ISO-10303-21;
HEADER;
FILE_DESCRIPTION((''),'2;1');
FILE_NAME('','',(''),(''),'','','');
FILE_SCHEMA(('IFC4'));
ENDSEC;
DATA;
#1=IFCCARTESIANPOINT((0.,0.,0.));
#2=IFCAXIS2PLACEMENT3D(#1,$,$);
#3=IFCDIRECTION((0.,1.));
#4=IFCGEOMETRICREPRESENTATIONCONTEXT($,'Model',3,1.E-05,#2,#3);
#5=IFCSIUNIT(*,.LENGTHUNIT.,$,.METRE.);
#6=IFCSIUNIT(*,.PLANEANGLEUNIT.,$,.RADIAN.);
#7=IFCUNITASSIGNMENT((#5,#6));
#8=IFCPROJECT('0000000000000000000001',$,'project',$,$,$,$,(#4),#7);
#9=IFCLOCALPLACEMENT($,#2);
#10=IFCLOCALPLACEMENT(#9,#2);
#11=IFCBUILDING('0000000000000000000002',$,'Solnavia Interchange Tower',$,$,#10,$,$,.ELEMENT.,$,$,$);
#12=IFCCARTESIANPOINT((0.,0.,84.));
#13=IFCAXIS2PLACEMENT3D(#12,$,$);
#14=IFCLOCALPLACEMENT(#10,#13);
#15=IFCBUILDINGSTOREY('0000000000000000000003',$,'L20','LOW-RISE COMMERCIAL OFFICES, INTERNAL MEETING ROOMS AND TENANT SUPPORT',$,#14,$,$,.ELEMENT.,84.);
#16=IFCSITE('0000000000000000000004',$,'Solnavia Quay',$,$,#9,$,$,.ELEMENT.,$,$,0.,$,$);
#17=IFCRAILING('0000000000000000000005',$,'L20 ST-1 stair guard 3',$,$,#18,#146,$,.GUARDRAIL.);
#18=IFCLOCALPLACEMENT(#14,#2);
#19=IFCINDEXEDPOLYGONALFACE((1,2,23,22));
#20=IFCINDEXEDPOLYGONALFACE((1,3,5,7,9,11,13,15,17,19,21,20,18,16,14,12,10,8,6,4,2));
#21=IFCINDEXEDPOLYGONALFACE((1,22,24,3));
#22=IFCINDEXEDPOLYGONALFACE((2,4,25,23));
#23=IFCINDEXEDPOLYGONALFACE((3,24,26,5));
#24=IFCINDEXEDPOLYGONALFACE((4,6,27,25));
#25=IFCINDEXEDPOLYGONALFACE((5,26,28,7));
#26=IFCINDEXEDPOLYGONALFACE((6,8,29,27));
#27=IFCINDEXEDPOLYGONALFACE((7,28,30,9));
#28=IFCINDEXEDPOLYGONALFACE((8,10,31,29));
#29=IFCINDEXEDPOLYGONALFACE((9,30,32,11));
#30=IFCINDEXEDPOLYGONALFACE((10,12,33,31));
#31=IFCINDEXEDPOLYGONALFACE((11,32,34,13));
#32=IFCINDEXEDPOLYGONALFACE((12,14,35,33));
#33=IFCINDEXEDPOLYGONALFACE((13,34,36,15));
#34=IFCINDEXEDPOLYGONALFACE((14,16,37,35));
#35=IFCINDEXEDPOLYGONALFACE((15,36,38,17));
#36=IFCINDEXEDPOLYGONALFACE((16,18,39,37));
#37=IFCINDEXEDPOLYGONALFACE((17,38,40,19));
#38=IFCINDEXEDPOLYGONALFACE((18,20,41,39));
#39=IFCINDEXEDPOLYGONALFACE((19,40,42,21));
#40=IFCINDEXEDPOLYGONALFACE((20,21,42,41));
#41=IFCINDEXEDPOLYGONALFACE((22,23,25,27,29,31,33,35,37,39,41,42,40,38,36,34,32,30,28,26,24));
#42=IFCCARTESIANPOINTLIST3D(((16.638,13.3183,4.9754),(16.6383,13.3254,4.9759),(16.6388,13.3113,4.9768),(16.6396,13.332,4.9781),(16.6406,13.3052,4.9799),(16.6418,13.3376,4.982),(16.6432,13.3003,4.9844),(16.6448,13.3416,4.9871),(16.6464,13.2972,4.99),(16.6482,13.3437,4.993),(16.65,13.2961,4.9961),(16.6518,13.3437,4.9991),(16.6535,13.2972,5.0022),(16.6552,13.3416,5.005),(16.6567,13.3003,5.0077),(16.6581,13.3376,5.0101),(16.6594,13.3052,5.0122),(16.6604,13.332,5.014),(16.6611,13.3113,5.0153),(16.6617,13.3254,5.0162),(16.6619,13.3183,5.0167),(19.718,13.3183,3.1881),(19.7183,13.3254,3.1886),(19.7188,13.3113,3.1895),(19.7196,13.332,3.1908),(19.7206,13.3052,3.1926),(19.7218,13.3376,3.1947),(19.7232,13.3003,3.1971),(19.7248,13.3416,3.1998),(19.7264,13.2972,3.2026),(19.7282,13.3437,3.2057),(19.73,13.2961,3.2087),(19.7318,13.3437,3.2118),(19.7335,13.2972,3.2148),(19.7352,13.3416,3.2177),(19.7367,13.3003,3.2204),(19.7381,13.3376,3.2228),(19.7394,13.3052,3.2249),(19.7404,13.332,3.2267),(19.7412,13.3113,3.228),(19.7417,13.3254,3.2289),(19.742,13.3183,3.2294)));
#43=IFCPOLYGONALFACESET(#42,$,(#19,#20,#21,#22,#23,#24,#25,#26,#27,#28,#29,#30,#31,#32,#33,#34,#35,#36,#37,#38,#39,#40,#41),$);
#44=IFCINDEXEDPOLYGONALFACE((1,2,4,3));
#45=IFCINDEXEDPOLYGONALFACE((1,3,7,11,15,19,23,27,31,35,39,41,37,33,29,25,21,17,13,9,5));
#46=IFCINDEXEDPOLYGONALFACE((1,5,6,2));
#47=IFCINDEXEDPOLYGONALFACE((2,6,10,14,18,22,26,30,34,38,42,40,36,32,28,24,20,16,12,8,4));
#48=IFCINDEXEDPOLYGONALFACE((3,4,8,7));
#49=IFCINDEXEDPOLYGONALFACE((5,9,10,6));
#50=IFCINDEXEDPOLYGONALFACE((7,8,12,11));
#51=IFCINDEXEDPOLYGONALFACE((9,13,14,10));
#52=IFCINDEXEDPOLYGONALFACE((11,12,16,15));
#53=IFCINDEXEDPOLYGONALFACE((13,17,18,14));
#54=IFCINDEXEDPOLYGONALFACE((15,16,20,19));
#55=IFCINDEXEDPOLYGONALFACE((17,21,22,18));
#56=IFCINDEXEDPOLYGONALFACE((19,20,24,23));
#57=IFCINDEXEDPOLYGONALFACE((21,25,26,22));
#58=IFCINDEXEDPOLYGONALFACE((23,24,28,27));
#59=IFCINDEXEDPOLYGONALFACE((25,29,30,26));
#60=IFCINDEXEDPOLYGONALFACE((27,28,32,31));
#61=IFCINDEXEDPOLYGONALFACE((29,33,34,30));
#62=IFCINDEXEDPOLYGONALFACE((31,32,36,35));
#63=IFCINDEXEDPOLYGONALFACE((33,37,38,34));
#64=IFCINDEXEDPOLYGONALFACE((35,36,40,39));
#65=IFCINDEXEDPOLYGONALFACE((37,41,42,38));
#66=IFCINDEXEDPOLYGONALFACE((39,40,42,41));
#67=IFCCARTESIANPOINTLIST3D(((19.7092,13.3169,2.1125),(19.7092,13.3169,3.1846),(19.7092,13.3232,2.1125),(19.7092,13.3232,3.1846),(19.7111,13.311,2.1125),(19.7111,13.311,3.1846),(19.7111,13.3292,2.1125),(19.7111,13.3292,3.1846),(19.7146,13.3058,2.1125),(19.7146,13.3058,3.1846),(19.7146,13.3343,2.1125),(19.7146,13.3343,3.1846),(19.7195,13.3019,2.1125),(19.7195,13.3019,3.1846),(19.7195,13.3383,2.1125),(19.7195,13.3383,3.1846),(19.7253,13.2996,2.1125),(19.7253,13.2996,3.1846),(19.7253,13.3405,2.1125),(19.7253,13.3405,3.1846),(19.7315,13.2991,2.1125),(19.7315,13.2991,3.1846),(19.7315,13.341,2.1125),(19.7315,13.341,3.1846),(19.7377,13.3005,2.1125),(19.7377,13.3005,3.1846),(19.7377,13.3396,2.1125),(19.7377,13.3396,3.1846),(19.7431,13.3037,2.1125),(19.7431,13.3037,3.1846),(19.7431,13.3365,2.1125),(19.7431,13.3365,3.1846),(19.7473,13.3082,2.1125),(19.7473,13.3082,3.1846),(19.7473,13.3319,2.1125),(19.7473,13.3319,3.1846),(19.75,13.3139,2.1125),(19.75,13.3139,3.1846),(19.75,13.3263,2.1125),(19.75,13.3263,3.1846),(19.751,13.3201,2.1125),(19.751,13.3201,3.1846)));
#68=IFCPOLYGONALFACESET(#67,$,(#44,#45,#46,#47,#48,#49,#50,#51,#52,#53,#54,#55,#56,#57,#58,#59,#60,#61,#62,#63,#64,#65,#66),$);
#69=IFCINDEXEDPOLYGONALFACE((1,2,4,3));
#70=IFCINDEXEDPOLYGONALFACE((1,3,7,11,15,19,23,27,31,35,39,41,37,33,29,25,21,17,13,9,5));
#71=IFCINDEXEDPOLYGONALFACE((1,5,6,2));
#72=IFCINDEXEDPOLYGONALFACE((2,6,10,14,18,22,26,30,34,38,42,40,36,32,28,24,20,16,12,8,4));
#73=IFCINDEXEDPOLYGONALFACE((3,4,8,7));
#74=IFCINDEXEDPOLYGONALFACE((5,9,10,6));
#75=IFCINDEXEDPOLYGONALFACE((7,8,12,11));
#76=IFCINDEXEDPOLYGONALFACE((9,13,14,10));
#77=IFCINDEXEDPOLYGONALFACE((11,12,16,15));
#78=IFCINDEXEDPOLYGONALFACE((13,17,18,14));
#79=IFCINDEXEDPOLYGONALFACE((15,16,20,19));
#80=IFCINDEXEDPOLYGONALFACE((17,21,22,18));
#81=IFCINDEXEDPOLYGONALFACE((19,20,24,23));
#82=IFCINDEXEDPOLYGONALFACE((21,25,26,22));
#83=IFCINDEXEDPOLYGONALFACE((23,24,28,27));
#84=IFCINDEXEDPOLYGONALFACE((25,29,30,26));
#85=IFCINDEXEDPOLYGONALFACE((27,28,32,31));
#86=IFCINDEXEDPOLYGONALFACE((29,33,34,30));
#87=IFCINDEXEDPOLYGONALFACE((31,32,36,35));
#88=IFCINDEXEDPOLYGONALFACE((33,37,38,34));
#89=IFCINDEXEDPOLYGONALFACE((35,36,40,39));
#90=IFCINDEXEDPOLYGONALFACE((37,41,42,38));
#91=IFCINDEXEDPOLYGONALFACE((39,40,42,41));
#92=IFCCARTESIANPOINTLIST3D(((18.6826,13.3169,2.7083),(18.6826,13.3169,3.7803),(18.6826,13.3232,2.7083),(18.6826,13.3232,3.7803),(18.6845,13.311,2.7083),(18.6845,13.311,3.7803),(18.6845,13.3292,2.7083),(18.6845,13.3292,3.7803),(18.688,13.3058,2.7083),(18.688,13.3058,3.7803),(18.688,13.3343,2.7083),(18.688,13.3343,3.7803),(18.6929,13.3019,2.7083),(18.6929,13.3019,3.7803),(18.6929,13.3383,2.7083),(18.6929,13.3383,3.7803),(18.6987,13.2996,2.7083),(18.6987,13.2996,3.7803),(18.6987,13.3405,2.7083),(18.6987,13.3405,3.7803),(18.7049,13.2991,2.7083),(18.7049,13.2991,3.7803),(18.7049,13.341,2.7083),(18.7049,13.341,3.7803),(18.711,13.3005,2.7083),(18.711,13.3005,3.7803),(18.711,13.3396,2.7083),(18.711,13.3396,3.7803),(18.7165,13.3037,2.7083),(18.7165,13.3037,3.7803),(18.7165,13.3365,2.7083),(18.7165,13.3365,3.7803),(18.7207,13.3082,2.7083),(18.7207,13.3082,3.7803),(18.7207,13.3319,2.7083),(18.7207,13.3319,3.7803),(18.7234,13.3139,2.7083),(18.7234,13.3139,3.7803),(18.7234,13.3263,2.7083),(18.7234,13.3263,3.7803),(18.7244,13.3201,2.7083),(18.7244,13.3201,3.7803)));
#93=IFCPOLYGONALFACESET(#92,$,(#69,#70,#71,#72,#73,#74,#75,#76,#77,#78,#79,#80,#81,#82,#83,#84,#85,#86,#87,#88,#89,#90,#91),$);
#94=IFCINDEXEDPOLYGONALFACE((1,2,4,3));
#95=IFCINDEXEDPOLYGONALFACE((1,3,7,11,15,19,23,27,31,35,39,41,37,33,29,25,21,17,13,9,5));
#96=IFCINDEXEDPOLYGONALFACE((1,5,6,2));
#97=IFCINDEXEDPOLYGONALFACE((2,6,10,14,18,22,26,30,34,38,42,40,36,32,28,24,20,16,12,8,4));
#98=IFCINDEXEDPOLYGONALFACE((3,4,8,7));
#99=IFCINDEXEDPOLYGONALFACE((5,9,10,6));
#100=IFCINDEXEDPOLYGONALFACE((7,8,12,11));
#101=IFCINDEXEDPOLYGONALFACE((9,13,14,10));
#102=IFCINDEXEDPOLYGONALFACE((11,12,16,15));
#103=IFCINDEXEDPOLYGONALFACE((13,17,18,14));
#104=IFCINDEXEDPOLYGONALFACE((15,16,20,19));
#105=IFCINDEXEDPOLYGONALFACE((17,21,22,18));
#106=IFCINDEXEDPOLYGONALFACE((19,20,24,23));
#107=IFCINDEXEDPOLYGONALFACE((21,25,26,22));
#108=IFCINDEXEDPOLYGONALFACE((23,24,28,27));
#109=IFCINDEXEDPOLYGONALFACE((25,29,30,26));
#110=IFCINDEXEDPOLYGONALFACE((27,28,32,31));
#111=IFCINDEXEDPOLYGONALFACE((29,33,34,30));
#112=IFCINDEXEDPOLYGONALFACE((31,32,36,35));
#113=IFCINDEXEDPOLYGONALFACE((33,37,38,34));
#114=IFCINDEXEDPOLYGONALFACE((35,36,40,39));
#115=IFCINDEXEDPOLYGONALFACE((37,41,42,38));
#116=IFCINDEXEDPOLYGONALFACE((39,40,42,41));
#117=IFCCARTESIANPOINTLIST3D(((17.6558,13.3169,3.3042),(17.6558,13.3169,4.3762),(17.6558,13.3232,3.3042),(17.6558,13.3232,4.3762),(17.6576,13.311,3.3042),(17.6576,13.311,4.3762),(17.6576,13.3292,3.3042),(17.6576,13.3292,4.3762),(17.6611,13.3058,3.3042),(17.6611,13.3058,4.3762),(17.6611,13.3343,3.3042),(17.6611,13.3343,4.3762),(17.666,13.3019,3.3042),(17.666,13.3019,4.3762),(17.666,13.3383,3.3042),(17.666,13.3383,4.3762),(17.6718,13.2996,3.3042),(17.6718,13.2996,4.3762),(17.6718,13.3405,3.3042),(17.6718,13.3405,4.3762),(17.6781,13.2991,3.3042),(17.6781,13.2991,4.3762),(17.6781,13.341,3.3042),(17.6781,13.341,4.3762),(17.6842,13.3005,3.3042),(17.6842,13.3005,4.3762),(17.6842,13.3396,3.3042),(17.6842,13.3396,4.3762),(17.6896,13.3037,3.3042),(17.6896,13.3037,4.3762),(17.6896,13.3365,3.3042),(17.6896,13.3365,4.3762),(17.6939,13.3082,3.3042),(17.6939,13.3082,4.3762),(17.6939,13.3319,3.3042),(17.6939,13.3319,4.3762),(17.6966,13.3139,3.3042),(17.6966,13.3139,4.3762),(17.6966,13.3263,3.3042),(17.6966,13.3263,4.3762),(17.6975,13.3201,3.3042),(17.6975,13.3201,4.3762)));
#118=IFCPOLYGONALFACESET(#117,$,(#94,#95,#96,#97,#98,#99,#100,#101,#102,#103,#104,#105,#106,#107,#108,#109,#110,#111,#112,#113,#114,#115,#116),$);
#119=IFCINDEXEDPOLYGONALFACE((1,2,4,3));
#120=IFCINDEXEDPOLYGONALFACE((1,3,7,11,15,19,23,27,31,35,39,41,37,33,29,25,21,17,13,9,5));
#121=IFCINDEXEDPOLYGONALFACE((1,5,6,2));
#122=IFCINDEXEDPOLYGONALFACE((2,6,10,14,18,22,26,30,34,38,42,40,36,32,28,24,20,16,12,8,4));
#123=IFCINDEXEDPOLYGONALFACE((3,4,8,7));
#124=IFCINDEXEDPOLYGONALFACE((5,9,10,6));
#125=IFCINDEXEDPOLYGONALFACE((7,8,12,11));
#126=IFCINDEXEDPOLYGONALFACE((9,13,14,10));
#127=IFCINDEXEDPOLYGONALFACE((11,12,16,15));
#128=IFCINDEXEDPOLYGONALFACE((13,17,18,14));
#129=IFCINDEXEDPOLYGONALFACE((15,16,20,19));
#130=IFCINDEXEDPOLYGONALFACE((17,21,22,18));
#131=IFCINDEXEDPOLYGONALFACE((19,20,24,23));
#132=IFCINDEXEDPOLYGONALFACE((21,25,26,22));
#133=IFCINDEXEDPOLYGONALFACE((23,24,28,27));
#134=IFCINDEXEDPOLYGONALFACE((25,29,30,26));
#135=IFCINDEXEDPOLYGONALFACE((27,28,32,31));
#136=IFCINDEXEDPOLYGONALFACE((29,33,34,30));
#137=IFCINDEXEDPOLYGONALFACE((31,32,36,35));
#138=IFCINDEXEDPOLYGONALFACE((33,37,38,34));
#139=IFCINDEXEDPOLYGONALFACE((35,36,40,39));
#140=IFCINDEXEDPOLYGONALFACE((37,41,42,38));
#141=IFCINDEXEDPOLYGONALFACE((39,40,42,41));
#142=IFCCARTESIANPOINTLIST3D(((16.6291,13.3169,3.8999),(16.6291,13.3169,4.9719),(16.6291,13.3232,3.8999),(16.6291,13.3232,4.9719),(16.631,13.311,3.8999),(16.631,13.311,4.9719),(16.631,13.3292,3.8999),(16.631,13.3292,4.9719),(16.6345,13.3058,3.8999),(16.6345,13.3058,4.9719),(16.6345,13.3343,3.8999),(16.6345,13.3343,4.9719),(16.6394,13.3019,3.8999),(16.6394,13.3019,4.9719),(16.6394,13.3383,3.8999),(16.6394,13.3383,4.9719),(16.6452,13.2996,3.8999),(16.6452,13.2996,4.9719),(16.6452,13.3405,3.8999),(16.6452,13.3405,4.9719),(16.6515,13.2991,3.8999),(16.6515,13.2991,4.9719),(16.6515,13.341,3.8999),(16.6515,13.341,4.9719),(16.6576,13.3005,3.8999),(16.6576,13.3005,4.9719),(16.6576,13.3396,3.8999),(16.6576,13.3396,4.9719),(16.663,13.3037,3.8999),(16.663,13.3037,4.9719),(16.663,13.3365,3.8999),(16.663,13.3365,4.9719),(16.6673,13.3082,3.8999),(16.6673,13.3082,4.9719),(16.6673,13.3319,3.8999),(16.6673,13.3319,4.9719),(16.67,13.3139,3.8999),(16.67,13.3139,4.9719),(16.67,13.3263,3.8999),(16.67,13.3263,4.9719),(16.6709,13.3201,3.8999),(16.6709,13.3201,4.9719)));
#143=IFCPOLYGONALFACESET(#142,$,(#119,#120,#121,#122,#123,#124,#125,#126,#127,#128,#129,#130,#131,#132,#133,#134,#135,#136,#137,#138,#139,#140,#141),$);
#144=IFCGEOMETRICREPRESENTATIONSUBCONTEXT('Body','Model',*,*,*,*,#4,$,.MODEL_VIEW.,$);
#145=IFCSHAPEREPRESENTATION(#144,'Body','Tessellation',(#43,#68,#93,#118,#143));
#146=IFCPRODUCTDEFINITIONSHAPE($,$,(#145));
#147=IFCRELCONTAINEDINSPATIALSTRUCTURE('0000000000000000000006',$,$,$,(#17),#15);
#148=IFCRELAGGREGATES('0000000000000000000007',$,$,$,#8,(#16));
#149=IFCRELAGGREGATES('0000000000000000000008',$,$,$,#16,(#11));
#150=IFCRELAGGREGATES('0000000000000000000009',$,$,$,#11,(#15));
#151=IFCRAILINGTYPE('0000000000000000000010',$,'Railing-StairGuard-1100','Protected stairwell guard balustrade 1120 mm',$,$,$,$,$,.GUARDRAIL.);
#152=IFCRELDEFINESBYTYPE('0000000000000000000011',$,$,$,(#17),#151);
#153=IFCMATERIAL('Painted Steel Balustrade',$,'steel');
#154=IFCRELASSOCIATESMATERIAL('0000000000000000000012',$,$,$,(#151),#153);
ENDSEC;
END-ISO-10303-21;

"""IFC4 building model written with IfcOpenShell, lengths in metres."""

from ifc_helpers import new_model, si_unit, direction, frame, origin, origin_2d, place, context, subcontext, project, spatial, circle, extrude, material, type_object, element, save


model = new_model("IFC4")

# Units and contexts
model_context = context("Model", 3, precision=1e-05, world=origin(), true_north=direction((0.0, 1.0)))
body_context = subcontext(model_context, "Body", "Model", "MODEL_VIEW")
ifc_project = project(units=[si_unit("LENGTHUNIT", "METRE"), si_unit("PLANEANGLEUNIT", "RADIAN")], contexts=[model_context])

# Site, building, storey
site_placement = place(None, origin())
site = spatial("IfcSite", under=ifc_project, at=site_placement, Name="Solnavia Quay", CompositionType="ELEMENT", RefElevation=0.0)
building_placement = place(site_placement, origin())
building = spatial("IfcBuilding", under=site, at=building_placement, Name="Solnavia Interchange Tower", CompositionType="ELEMENT")
storey_placement = place(building_placement, frame((0.0, 0.0, 84.0)))
storey = spatial("IfcBuildingStorey", under=building, at=storey_placement, Name="L20", Description="LOW-RISE COMMERCIAL OFFICES, INTERNAL MEETING ROOMS AND TENANT SUPPORT", CompositionType="ELEMENT", Elevation=84.0)

# Railing
ifc_material_1 = material(Name="Painted Steel Balustrade", Category="steel")
railing_type_1 = type_object("IfcRailingType", Name="Railing-StairGuard-1100", Description="Protected stairwell guard balustrade 1120 mm", PredefinedType="GUARDRAIL", material=ifc_material_1)
railing_1_placement = place(storey_placement, frame((19.73, 13.3201, 2.1125)))
element("IfcRailing", 1, at=railing_1_placement, inside=storey, type_object=railing_type_1, Name="L20 ST-1 stair guard 3", PredefinedType="GUARDRAIL", context=body_context, shape_type="SweptSolid", body=[
    extrude(circle(Radius=0.0239, at=origin_2d()), frame((0.0, 0.0, 1.0962), z_axis=(-0.86492, 0.0, 0.501909), x_axis=(0.0, -1.0, 0.0)), (0.0, 0.0, 1.0), 3.561),
    extrude(circle(Radius=0.021, at=origin_2d()), origin(), (0.0, 0.0, 1.0), 1.072),
    extrude(circle(Radius=0.021, at=origin_2d()), frame((-1.0266, 0.0, 0.5957)), (0.0, 0.0, 1.0), 1.072),
    extrude(circle(Radius=0.021, at=origin_2d()), frame((-2.0535, 0.0, 1.1917)), (0.0, 0.0, 1.0), 1.072),
    extrude(circle(Radius=0.021, at=origin_2d()), frame((-3.0801, 0.0, 1.7874)), (0.0, 0.0, 1.0), 1.072),
])

save(model, "model.ifc")
